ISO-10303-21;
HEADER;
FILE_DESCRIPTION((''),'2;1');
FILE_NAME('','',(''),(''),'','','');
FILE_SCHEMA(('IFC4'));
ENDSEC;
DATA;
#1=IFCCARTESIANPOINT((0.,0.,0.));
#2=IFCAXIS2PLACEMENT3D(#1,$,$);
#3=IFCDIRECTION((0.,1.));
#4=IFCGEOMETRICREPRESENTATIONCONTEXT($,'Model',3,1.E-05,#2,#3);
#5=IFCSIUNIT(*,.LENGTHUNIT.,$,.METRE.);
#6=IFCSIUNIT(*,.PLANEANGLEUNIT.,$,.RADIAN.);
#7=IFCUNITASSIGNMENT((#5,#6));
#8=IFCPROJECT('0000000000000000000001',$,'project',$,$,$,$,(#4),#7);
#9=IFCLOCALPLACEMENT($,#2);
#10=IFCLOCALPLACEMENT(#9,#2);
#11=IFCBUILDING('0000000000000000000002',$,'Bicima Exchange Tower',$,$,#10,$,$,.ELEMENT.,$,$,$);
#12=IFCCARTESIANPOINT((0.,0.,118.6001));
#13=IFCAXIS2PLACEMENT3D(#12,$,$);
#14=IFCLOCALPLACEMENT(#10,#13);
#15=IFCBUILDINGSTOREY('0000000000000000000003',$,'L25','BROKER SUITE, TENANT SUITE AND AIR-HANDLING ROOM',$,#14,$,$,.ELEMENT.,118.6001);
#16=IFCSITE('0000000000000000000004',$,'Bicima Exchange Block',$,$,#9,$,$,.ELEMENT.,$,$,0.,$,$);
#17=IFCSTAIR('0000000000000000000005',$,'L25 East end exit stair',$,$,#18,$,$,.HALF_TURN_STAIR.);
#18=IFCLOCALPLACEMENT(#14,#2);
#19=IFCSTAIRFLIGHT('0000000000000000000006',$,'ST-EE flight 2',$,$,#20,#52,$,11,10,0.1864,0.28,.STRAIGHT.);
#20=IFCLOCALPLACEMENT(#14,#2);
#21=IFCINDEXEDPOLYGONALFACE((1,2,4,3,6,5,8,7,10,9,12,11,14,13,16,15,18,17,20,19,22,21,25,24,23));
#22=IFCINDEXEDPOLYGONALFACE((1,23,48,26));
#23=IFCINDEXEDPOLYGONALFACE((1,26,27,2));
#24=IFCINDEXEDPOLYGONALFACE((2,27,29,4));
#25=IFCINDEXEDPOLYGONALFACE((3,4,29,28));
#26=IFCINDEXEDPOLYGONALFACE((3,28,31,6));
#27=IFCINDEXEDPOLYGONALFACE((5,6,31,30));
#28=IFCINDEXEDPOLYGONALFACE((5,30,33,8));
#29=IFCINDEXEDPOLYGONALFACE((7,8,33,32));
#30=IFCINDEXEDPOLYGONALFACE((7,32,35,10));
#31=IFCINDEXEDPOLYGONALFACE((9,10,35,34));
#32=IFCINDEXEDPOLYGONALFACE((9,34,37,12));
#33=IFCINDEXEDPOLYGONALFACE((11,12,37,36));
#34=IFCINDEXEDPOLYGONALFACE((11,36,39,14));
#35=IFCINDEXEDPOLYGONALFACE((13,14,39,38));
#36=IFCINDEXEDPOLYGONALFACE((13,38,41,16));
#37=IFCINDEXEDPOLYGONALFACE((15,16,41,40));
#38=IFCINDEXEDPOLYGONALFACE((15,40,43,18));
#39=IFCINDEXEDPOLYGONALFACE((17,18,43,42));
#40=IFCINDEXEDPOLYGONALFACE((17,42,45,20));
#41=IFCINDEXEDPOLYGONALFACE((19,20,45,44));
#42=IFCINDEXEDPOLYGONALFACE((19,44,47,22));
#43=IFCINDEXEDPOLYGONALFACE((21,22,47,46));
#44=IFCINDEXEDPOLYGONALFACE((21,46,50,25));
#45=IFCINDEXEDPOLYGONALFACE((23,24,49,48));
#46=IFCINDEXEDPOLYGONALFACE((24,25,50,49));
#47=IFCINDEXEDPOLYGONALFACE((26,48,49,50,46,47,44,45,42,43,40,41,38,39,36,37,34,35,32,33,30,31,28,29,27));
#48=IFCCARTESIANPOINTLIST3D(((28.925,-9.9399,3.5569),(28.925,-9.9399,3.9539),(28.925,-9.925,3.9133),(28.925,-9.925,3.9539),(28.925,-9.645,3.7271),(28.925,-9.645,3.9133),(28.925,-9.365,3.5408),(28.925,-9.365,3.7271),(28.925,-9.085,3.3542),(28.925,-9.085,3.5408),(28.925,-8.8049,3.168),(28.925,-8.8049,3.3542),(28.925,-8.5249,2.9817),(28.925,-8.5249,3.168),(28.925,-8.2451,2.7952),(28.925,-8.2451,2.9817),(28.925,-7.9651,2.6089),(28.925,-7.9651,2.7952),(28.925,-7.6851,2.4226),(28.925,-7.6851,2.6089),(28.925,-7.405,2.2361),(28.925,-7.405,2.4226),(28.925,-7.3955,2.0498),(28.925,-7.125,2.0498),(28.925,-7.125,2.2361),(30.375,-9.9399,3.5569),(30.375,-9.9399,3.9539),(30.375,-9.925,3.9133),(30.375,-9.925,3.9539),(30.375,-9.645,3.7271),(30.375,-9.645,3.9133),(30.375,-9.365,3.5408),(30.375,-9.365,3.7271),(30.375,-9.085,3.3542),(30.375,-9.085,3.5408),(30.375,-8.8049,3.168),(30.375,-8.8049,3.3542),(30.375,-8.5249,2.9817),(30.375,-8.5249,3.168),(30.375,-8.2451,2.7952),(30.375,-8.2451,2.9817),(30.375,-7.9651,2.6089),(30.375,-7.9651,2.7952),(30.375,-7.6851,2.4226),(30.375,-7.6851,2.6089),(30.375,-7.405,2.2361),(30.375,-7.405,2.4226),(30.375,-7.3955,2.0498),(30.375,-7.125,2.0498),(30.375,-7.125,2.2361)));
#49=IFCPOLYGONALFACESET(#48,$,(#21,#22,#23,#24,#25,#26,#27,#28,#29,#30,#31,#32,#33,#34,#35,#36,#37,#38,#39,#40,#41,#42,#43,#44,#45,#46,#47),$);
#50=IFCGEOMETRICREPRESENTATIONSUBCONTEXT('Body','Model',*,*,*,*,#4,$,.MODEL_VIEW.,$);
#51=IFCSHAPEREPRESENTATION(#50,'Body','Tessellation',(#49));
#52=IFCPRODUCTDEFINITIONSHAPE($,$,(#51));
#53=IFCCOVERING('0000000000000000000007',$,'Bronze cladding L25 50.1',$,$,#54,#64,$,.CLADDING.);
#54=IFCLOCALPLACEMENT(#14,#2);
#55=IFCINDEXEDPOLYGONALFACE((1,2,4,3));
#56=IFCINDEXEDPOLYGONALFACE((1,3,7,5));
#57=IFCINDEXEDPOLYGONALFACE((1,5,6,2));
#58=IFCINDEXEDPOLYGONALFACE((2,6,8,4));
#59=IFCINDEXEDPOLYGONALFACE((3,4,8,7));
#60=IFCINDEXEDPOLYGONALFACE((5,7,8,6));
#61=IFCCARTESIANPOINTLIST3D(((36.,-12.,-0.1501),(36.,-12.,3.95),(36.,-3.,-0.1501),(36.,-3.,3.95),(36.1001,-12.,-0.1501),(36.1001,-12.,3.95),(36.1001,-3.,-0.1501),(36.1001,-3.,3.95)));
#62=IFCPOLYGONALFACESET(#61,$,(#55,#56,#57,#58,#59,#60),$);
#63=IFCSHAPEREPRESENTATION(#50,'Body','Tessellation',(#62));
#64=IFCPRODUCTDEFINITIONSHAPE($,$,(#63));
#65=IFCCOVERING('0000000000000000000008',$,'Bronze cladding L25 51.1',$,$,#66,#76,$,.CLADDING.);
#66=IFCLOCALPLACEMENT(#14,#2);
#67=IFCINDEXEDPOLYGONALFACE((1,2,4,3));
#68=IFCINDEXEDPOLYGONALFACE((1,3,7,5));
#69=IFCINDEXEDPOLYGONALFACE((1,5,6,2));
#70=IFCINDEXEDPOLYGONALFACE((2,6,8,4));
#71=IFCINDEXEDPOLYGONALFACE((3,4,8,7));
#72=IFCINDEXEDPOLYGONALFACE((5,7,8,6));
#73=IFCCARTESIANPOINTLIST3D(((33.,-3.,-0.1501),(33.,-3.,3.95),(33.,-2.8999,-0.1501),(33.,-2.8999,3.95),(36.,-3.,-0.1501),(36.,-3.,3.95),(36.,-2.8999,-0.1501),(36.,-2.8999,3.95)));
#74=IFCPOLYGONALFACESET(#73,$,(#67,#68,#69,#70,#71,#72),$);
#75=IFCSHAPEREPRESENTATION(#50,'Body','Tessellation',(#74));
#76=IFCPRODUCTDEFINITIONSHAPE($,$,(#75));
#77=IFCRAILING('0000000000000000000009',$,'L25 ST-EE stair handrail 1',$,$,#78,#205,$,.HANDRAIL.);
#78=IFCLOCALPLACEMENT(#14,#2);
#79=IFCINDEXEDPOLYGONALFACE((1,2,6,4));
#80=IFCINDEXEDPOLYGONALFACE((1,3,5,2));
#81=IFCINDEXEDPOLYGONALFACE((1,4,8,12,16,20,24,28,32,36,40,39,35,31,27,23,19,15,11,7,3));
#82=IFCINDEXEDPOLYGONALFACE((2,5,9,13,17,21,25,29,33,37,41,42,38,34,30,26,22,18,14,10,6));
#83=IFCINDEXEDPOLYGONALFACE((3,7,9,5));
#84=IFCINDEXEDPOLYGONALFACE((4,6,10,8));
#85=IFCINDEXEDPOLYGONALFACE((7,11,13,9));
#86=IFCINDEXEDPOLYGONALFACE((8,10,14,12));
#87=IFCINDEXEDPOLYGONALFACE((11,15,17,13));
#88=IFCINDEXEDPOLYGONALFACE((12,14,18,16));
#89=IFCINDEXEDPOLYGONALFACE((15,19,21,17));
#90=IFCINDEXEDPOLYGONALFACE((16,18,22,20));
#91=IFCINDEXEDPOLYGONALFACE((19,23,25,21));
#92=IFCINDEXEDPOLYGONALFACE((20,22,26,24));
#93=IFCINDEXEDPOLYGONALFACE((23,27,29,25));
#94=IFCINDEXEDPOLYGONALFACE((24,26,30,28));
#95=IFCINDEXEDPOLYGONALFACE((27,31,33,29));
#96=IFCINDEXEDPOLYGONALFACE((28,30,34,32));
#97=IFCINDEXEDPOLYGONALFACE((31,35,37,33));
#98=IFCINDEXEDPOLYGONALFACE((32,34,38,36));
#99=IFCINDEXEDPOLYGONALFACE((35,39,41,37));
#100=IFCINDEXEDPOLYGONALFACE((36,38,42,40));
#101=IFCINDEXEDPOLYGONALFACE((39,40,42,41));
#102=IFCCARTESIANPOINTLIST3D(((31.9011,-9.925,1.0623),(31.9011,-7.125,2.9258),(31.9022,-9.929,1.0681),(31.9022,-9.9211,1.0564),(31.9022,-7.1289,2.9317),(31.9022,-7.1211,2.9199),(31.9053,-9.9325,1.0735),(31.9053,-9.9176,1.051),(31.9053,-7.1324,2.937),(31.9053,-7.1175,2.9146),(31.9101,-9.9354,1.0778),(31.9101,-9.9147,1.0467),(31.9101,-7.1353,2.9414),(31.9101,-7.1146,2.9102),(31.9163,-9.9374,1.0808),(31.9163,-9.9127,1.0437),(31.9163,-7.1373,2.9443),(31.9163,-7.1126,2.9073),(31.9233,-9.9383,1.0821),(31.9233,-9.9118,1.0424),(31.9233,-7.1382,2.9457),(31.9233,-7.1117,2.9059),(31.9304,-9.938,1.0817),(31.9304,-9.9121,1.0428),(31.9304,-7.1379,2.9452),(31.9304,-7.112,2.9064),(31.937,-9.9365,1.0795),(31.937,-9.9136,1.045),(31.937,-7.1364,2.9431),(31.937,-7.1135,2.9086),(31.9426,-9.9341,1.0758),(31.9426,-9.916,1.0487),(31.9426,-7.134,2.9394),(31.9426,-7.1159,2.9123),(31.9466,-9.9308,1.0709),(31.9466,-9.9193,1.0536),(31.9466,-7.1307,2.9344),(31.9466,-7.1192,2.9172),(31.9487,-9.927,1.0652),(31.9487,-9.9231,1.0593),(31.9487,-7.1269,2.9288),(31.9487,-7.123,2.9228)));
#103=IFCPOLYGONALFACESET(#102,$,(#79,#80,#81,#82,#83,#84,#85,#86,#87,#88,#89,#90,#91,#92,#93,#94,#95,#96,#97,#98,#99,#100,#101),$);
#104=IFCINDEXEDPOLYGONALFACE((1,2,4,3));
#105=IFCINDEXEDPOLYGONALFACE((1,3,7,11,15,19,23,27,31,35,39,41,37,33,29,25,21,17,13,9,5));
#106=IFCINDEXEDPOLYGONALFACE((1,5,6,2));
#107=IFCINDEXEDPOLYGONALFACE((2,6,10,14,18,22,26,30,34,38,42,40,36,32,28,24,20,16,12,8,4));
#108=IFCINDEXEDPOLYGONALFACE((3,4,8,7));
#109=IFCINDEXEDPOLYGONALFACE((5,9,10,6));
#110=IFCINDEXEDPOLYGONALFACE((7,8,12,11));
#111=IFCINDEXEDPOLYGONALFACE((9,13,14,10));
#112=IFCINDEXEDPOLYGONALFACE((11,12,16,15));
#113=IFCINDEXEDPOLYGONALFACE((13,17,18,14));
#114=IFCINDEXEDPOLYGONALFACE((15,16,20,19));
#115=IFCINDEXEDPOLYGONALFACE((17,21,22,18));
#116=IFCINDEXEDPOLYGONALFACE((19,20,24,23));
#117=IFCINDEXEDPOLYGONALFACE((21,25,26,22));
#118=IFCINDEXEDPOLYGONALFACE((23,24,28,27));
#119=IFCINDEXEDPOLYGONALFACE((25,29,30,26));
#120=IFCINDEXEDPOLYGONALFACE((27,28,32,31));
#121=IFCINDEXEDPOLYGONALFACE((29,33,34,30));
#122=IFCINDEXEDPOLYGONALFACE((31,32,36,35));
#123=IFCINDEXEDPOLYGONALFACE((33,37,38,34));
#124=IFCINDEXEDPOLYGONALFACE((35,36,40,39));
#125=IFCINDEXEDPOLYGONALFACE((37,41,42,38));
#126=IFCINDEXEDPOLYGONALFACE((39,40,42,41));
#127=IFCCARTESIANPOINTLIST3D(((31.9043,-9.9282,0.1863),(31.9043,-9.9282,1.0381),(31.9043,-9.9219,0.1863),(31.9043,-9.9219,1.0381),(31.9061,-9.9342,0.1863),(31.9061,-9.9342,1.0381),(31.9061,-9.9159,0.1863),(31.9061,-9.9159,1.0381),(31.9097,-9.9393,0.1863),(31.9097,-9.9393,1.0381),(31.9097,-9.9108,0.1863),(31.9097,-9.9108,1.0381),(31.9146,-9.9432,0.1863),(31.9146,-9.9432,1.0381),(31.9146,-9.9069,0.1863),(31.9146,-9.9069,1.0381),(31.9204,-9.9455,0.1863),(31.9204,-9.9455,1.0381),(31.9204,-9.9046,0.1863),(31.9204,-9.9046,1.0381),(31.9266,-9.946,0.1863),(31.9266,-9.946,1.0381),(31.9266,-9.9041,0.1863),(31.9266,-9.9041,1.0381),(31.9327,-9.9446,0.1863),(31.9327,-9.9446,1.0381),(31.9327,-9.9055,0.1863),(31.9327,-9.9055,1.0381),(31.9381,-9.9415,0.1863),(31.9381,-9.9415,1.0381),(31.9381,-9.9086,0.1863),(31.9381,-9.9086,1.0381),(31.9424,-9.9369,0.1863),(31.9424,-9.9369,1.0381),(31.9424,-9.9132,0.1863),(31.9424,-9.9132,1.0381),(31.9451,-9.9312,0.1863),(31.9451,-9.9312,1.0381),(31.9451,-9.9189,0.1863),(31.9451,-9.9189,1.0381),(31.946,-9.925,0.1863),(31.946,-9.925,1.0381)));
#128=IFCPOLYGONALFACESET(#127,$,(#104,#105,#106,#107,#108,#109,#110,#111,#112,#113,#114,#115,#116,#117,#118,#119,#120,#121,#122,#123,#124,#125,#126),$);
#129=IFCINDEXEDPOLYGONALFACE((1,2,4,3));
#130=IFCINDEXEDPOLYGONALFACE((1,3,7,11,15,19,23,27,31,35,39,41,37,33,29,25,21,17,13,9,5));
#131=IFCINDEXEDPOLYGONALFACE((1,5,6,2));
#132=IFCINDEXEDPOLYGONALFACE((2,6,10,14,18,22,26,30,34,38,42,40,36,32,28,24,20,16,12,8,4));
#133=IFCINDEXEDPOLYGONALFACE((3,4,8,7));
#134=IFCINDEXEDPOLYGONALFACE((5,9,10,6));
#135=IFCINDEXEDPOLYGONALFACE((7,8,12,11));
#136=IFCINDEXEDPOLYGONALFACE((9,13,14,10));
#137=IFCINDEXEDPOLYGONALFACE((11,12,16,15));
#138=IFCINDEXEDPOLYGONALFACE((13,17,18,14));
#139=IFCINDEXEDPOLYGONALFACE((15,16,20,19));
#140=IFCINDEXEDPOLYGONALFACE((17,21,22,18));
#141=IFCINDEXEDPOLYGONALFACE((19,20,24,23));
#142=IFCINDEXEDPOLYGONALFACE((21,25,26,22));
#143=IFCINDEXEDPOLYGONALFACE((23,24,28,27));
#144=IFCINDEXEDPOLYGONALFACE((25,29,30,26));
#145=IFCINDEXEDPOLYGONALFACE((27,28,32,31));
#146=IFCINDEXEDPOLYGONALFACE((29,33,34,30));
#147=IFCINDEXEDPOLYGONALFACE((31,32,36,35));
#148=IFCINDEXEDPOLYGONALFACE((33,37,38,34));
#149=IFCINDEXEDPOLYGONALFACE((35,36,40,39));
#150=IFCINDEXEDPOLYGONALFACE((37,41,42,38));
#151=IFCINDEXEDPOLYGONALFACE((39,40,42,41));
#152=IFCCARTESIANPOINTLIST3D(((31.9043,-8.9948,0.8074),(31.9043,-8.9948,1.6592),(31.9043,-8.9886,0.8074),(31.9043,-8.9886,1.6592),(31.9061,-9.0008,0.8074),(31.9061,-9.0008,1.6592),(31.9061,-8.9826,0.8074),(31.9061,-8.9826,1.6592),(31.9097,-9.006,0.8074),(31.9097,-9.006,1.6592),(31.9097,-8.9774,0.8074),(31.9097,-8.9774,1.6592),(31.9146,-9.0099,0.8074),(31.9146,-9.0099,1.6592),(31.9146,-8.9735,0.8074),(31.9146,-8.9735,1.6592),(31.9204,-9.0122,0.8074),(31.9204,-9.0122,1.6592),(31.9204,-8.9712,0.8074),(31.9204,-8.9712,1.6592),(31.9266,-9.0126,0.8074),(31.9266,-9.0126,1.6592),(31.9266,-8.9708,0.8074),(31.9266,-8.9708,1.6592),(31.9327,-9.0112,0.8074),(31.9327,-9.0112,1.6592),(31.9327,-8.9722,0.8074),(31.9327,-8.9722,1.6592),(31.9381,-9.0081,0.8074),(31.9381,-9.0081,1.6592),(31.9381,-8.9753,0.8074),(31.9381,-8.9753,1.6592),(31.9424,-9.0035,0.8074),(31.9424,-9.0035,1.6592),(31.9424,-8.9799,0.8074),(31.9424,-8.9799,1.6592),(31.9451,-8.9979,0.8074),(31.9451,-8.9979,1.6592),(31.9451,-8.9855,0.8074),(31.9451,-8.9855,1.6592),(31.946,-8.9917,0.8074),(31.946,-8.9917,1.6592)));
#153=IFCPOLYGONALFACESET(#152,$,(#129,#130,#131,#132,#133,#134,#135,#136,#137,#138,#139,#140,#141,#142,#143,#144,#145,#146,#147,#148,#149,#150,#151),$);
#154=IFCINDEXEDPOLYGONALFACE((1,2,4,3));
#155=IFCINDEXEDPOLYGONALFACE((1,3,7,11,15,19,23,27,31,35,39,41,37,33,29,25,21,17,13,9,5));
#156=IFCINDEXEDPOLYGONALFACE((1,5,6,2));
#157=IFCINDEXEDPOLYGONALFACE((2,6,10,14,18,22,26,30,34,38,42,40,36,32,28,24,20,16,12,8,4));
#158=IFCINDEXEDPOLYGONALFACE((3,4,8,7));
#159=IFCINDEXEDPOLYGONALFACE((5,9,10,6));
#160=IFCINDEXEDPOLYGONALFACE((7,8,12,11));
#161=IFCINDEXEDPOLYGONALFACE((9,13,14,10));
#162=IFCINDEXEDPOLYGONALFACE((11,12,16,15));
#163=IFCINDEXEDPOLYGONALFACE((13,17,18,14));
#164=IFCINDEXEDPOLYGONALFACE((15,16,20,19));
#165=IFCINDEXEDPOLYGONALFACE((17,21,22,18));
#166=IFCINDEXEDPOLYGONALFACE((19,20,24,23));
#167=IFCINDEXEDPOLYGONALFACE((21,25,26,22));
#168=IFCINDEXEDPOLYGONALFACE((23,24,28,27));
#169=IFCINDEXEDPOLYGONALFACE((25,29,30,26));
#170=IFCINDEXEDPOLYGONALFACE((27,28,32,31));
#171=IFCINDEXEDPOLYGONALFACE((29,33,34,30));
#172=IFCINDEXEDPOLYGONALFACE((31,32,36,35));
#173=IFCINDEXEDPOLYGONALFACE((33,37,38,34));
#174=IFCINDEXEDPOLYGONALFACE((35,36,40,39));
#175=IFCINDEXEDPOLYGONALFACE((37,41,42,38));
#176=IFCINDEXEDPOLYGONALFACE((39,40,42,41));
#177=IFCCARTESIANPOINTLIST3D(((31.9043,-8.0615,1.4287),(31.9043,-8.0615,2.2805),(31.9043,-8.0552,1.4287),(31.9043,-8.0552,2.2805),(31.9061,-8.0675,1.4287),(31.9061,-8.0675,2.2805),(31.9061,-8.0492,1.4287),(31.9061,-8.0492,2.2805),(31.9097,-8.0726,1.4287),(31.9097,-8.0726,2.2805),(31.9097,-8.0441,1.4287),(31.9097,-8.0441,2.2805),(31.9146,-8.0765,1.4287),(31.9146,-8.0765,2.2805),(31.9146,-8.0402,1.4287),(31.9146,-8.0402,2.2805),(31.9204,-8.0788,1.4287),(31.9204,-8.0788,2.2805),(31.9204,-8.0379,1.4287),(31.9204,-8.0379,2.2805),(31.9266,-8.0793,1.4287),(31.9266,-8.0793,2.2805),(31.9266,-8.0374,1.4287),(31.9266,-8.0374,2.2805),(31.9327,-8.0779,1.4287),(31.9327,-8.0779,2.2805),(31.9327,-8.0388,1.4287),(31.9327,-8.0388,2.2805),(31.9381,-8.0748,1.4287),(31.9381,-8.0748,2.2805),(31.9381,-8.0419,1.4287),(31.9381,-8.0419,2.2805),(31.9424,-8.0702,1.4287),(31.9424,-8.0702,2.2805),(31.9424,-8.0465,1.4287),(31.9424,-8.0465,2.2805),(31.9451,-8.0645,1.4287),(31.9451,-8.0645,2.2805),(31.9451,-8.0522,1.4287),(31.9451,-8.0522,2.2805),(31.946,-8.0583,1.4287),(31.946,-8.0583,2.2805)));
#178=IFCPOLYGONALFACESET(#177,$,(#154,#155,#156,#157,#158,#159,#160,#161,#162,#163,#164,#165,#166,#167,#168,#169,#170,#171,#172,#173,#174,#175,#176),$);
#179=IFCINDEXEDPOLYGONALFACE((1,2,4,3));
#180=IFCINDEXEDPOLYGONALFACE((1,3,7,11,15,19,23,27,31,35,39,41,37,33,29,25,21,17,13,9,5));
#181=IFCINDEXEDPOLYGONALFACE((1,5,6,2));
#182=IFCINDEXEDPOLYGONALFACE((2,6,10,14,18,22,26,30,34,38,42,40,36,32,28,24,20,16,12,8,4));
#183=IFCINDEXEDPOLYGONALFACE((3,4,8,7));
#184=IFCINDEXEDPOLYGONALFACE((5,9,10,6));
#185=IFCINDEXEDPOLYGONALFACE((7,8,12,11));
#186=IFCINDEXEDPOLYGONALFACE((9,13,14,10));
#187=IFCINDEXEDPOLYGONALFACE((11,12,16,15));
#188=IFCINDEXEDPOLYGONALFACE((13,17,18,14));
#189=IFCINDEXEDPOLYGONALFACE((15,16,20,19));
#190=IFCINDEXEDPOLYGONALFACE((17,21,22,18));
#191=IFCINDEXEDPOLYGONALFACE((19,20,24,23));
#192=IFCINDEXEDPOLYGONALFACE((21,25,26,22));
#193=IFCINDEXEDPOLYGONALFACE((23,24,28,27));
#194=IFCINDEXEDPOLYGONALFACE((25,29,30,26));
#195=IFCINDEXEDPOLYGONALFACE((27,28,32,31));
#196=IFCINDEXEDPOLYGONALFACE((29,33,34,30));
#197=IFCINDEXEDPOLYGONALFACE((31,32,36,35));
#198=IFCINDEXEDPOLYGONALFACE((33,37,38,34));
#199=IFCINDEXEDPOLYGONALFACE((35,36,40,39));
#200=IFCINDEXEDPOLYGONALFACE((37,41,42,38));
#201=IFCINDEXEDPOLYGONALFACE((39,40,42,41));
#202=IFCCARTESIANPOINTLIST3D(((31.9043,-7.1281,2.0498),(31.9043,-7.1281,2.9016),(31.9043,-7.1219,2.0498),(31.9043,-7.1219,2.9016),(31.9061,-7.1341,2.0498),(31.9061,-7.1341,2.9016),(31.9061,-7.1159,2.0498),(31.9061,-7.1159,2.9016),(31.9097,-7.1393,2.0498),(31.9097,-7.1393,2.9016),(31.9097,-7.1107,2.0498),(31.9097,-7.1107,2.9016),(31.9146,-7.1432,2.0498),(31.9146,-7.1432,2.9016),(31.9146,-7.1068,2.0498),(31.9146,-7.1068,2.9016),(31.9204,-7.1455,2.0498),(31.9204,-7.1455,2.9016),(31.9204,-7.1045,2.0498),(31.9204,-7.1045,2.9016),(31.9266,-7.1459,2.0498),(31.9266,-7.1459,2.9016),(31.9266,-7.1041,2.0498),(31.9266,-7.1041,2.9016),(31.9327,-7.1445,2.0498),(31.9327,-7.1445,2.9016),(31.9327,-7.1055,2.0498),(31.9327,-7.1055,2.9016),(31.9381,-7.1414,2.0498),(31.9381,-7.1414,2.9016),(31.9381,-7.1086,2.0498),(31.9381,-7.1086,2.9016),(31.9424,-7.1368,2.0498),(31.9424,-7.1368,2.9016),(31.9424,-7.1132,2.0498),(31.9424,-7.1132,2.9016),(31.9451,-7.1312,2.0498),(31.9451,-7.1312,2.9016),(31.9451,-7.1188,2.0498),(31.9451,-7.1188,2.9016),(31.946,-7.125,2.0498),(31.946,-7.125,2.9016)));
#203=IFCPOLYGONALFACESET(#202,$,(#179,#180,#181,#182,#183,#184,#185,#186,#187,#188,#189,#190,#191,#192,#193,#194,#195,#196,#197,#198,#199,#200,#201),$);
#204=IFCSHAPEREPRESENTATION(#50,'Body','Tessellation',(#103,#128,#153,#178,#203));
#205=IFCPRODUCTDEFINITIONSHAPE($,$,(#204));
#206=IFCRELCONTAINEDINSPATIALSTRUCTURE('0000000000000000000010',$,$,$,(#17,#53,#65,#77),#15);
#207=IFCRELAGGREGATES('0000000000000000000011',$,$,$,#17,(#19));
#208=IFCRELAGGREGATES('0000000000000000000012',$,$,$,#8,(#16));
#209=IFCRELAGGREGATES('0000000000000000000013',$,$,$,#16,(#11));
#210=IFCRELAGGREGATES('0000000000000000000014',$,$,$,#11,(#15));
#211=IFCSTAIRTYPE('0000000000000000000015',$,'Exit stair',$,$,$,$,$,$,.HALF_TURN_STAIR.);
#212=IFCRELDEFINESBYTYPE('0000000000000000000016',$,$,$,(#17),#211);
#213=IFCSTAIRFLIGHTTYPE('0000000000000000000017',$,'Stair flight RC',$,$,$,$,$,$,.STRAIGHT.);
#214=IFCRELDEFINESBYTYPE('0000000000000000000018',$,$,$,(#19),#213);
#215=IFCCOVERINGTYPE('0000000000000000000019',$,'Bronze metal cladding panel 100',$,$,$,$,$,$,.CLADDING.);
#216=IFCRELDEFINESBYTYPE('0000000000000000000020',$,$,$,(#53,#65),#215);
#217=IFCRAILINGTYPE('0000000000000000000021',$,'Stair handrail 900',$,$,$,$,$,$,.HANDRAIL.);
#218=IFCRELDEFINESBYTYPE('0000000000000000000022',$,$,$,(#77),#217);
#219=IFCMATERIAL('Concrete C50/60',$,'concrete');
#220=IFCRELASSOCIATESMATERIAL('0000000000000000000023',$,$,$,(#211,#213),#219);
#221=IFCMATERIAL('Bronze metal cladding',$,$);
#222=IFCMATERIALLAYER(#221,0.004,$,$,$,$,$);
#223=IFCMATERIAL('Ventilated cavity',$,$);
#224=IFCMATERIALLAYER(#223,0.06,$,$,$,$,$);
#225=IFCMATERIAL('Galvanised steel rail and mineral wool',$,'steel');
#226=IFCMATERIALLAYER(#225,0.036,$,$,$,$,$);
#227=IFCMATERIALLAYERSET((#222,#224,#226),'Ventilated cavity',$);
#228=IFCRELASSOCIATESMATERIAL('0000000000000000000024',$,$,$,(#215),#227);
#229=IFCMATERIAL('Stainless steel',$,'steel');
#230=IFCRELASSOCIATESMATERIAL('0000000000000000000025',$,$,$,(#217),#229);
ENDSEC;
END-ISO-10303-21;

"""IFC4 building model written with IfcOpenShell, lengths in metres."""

from ifc_helpers import new_model, si_unit, direction, frame, origin, origin_2d, place, context, subcontext, project, spatial, polyline, rectangle, circle, outline, extrude, material, layer, layer_set, type_object, element, aggregate, save


model = new_model("IFC4")

# Units and contexts
model_context = context("Model", 3, precision=1e-05, world=origin(), true_north=direction((0.0, 1.0)))
body_context = subcontext(model_context, "Body", "Model", "MODEL_VIEW")
ifc_project = project(units=[si_unit("LENGTHUNIT", "METRE"), si_unit("PLANEANGLEUNIT", "RADIAN")], contexts=[model_context])

# Site, building, storey
site_placement = place(None, origin())
site = spatial("IfcSite", under=ifc_project, at=site_placement, Name="Bicima Exchange Block", CompositionType="ELEMENT", RefElevation=0.0)
building_placement = place(site_placement, origin())
building = spatial("IfcBuilding", under=site, at=building_placement, Name="Bicima Exchange Tower", CompositionType="ELEMENT")
storey_placement = place(building_placement, frame((0.0, 0.0, 118.6001)))
storey = spatial("IfcBuildingStorey", under=building, at=storey_placement, Name="L25", Description="BROKER SUITE, TENANT SUITE AND AIR-HANDLING ROOM", CompositionType="ELEMENT", Elevation=118.6001)

# Shared definitions
ifc_material_1 = material(Name="Concrete C50/60", Category="concrete")

# Stair, stair flight
stair_type = type_object("IfcStairType", Name="Exit stair", PredefinedType="HALF_TURN_STAIR", material=ifc_material_1)
stair_placement = place(storey_placement, origin())
stair = element("IfcStair", 1, at=stair_placement, inside=storey, type_object=stair_type, Name="L25 East end exit stair", PredefinedType="HALF_TURN_STAIR")
stair_flight_type = type_object("IfcStairFlightType", Name="Stair flight RC", PredefinedType="STRAIGHT", material=ifc_material_1)
stair_flight_1_placement = place(storey_placement, frame((29.6499, -7.125, 2.0498), z_axis=(0.0, 0.0, 1.0), x_axis=(0.0, -1.0, 0.0)))
stair_flight_1 = element("IfcStairFlight", 2, at=stair_flight_1_placement, type_object=stair_flight_type, Name="ST-EE flight 2", NumberOfRisers=11, NumberOfTreads=10, PredefinedType="STRAIGHT", RiserHeight=0.1864, TreadLength=0.28, context=body_context, shape_type="SweptSolid", body=[
    extrude(outline(polyline([(0.0, 0.0), (0.0, 0.1863), (0.28, 0.1863), (0.28, 0.3728), (0.5601, 0.3728), (0.5601, 0.5591), (0.8401, 0.5591), (0.8401, 0.7454), (1.1201, 0.7454), (1.1201, 0.9319), (1.3999, 0.9319), (1.3999, 1.1182), (1.6799, 1.1182), (1.6799, 1.3044), (1.96, 1.3044), (1.96, 1.491), (2.24, 1.491), (2.24, 1.6772), (2.52, 1.6772), (2.52, 1.8635), (2.8, 1.8635), (2.8, 1.9041), (2.8149, 1.9041), (2.8149, 1.5071), (0.2705, 0.0), (0.0, 0.0)])), frame((0.0, 0.7251, 0.0), z_axis=(0.0, -1.0, 0.0), x_axis=(1.0, 0.0, 0.0)), (0.0, 0.0, 1.0), 1.45),
])
aggregate(stair, [stair_flight_1])

# Coverings
ifc_material_2 = material(Name="Bronze metal cladding")
ifc_layer_1 = layer(ifc_material_2, 0.004)
ifc_material_3 = material(Name="Ventilated cavity")
ifc_layer_2 = layer(ifc_material_3, 0.06)
ifc_material_4 = material(Name="Galvanised steel rail and mineral wool", Category="steel")
ifc_layer_3 = layer(ifc_material_4, 0.036)
ifc_layer_set_1 = layer_set([ifc_layer_1, ifc_layer_2, ifc_layer_3], Name="Ventilated cavity")
covering_type = type_object("IfcCoveringType", Name="Bronze metal cladding panel 100", PredefinedType="CLADDING", material=ifc_layer_set_1)
covering_1_placement = place(storey_placement, frame((36.05, -7.5, -0.1501), z_axis=(0.0, 0.0, 1.0), x_axis=(0.0, 1.0, 0.0)))
element("IfcCovering", 3, at=covering_1_placement, inside=storey, type_object=covering_type, Name="Bronze cladding L25 50.1", PredefinedType="CLADDING", context=body_context, shape_type="SweptSolid", body=[
    extrude(rectangle(XDim=9.0, YDim=0.1001, at=origin_2d()), origin(), (0.0, 0.0, 1.0), 4.1001),
])
covering_2_placement = place(storey_placement, frame((34.5, -2.95, -0.1501), z_axis=(0.0, 0.0, 1.0), x_axis=(-1.0, 0.0, 0.0)))
element("IfcCovering", 4, at=covering_2_placement, inside=storey, type_object=covering_type, Name="Bronze cladding L25 51.1", PredefinedType="CLADDING", context=body_context, shape_type="SweptSolid", body=[
    extrude(rectangle(XDim=3.0, YDim=0.1001, at=origin_2d()), origin(), (0.0, 0.0, 1.0), 4.1001),
])

# Railing
ifc_material_5 = material(Name="Stainless steel", Category="steel")
railing_type_1 = type_object("IfcRailingType", Name="Stair handrail 900", PredefinedType="HANDRAIL", material=ifc_material_5)
railing_1_placement = place(storey_placement, frame((31.925, -9.925, 0.1863)))
element("IfcRailing", 5, at=railing_1_placement, inside=storey, type_object=railing_type_1, Name="L25 ST-EE stair handrail 1", PredefinedType="HANDRAIL", context=body_context, shape_type="SweptSolid", body=[
    extrude(circle(Radius=0.0239, at=origin_2d()), frame((0.0, 0.0, 0.876), z_axis=(0.0, 0.832486, 0.554047), x_axis=(-1.0, 0.0, 0.0)), (0.0, 0.0, 1.0), 3.3635),
    extrude(circle(Radius=0.021, at=origin_2d()), origin(), (0.0, 0.0, 1.0), 0.8518),
    extrude(circle(Radius=0.021, at=origin_2d()), frame((0.0, 0.9333, 0.6211)), (0.0, 0.0, 1.0), 0.8518),
    extrude(circle(Radius=0.021, at=origin_2d()), frame((0.0, 1.8667, 1.2424)), (0.0, 0.0, 1.0), 0.8518),
    extrude(circle(Radius=0.021, at=origin_2d()), frame((0.0, 2.8, 1.8635)), (0.0, 0.0, 1.0), 0.8518),
])

save(model, "model.ifc")
